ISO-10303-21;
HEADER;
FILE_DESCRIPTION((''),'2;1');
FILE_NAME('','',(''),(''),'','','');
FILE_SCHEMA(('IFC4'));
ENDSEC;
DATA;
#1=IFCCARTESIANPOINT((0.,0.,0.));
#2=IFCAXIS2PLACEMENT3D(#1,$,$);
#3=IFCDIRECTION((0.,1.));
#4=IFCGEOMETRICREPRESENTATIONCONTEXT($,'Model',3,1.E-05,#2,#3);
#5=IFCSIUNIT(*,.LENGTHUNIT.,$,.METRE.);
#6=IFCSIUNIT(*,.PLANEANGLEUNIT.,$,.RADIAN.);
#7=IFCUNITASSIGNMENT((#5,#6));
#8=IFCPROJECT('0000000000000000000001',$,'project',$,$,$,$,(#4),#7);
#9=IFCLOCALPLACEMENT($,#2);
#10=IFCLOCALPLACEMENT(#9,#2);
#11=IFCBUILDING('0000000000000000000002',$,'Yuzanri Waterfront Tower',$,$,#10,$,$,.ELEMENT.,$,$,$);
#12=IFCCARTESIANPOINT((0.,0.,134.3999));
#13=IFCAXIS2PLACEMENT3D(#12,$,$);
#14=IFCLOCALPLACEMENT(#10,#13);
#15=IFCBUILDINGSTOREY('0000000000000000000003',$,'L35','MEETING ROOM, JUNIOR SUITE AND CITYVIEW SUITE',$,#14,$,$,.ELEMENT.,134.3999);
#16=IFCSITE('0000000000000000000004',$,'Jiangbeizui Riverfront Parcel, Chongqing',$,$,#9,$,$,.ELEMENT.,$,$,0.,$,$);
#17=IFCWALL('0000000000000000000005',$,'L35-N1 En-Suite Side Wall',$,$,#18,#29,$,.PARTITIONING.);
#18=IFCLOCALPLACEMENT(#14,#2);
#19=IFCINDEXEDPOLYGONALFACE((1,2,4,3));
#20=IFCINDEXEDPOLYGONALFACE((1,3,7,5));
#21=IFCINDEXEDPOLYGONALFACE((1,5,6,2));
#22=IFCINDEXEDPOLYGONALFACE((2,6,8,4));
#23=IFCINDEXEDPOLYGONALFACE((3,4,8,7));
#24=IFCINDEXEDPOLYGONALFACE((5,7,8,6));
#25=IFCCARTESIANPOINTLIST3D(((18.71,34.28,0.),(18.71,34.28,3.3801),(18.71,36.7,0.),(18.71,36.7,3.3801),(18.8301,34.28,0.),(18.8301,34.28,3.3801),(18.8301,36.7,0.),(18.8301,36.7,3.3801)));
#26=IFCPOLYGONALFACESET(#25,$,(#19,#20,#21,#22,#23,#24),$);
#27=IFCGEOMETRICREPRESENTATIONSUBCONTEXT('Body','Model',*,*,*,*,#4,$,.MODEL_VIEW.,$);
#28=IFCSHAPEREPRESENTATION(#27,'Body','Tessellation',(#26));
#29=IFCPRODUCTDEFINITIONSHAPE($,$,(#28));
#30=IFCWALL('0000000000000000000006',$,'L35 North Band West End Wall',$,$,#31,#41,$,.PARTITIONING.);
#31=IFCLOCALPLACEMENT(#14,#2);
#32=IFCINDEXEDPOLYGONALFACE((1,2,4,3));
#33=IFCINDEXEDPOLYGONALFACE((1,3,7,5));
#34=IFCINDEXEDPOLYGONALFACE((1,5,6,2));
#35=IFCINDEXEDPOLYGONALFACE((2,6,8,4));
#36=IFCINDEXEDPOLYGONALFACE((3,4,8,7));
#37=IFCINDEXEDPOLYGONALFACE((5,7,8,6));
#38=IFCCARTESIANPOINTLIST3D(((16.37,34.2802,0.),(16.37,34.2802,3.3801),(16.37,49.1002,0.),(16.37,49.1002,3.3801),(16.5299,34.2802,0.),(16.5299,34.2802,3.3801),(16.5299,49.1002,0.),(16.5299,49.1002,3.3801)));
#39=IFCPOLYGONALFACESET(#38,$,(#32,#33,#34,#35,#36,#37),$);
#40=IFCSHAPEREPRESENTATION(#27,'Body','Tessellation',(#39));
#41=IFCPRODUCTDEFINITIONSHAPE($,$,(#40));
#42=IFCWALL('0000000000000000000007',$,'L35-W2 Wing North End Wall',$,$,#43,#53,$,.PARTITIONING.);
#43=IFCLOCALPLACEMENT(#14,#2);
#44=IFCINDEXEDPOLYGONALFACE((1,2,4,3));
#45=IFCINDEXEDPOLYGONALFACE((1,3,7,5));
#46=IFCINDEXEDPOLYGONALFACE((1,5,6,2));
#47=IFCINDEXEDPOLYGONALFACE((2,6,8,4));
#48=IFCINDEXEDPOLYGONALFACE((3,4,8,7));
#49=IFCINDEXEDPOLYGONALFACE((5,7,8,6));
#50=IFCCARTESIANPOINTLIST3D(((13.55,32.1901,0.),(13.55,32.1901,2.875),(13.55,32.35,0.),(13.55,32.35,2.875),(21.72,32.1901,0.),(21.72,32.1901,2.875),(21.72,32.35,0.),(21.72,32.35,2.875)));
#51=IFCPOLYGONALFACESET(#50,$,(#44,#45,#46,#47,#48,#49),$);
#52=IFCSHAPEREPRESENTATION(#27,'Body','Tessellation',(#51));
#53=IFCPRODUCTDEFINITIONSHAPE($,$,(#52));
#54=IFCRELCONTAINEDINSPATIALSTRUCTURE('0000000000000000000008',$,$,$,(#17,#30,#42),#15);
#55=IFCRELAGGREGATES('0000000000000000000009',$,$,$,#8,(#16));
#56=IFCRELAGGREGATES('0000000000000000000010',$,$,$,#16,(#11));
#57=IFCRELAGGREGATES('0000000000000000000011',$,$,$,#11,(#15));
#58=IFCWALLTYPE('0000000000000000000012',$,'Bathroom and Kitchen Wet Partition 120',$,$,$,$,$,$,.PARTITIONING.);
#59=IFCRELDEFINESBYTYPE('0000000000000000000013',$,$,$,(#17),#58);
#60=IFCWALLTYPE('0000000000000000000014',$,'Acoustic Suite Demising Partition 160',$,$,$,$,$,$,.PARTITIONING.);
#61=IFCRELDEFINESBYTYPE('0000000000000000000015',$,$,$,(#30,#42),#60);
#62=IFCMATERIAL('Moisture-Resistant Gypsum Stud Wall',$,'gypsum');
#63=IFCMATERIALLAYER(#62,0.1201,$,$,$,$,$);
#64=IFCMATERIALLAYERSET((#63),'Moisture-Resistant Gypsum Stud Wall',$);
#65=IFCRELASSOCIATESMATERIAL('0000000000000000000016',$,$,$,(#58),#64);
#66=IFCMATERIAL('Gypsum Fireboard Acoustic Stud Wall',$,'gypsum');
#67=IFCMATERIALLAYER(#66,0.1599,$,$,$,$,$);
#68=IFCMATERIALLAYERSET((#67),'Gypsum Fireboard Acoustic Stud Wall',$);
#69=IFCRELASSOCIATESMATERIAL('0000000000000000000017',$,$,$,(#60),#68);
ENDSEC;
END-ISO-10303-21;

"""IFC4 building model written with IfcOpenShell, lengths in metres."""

from ifc_helpers import new_model, si_unit, direction, frame, frame_2d, origin, place, context, subcontext, project, spatial, rectangle, extrude, source, transform, mapped, material, layer, layer_set, type_object, element, save


model = new_model("IFC4")

# Units and contexts
model_context = context("Model", 3, precision=1e-05, world=origin(), true_north=direction((0.0, 1.0)))
body_context = subcontext(model_context, "Body", "Model", "MODEL_VIEW")
ifc_project = project(units=[si_unit("LENGTHUNIT", "METRE"), si_unit("PLANEANGLEUNIT", "RADIAN")], contexts=[model_context])

# Site, building, storey
site_placement = place(None, origin())
site = spatial("IfcSite", under=ifc_project, at=site_placement, Name="Jiangbeizui Riverfront Parcel, Chongqing", CompositionType="ELEMENT", RefElevation=0.0)
building_placement = place(site_placement, origin())
building = spatial("IfcBuilding", under=site, at=building_placement, Name="Yuzanri Waterfront Tower", CompositionType="ELEMENT")
storey_placement = place(building_placement, frame((0.0, 0.0, 134.3999)))
storey = spatial("IfcBuildingStorey", under=building, at=storey_placement, Name="L35", Description="MEETING ROOM, JUNIOR SUITE AND CITYVIEW SUITE", CompositionType="ELEMENT", Elevation=134.3999)

# Shared definitions
ifc_material_1 = material(Name="Moisture-Resistant Gypsum Stud Wall", Category="gypsum")
ifc_layer_1 = layer(ifc_material_1, 0.1201)
ifc_layer_set_1 = layer_set([ifc_layer_1], Name="Moisture-Resistant Gypsum Stud Wall")
wall_type_1 = type_object("IfcWallType", Name="Bathroom and Kitchen Wet Partition 120", PredefinedType="PARTITIONING", material=ifc_layer_set_1)

# Walls
shared_shape_1 = source(origin(), body_context, "Body", "SweptSolid", [
    extrude(rectangle(XDim=2.4199, YDim=0.1201, at=frame_2d((1.21, 0.0))), origin(), (0.0, 0.0, 1.0), 3.3801),
])
wall_1_placement = place(storey_placement, frame((18.77, 34.28, 0.0), z_axis=(0.0, 0.0, 1.0), x_axis=(0.0, 1.0, 0.0)))
element("IfcWall", 1, at=wall_1_placement, inside=storey, type_object=wall_type_1, Name="L35-N1 En-Suite Side Wall", PredefinedType="PARTITIONING", context=body_context, shape_type="MappedRepresentation", body=[
    mapped(shared_shape_1, transform((0.0, 0.0, 0.0), scale=1.0)),
])
ifc_material_2 = material(Name="Gypsum Fireboard Acoustic Stud Wall", Category="gypsum")
ifc_layer_2 = layer(ifc_material_2, 0.1599)
ifc_layer_set_2 = layer_set([ifc_layer_2], Name="Gypsum Fireboard Acoustic Stud Wall")
wall_type_2 = type_object("IfcWallType", Name="Acoustic Suite Demising Partition 160", PredefinedType="PARTITIONING", material=ifc_layer_set_2)
shared_shape_2 = source(origin(), body_context, "Body", "SweptSolid", [
    extrude(rectangle(XDim=14.8201, YDim=0.1599, at=frame_2d((7.4102, 0.0))), origin(), (0.0, 0.0, 1.0), 3.3801),
])
wall_2_placement = place(storey_placement, frame((16.45, 34.28, 0.0), z_axis=(0.0, 0.0, 1.0), x_axis=(0.0, 1.0, 0.0)))
element("IfcWall", 2, at=wall_2_placement, inside=storey, type_object=wall_type_2, Name="L35 North Band West End Wall", PredefinedType="PARTITIONING", context=body_context, shape_type="MappedRepresentation", body=[
    mapped(shared_shape_2, transform((0.0, 0.0, 0.0), scale=1.0)),
])
shared_shape_3 = source(origin(), body_context, "Body", "SweptSolid", [
    extrude(rectangle(XDim=8.1699, YDim=0.1599, at=frame_2d((4.085, 0.0))), origin(), (0.0, 0.0, 1.0), 2.875),
])
wall_3_placement = place(storey_placement, frame((13.55, 32.27, 0.0), z_axis=(0.0, 0.0, 1.0), x_axis=(1.0, 0.0, 0.0)))
element("IfcWall", 3, at=wall_3_placement, inside=storey, type_object=wall_type_2, Name="L35-W2 Wing North End Wall", PredefinedType="PARTITIONING", context=body_context, shape_type="MappedRepresentation", body=[
    mapped(shared_shape_3, transform((0.0, 0.0, 0.0), scale=1.0)),
])

save(model, "model.ifc")
